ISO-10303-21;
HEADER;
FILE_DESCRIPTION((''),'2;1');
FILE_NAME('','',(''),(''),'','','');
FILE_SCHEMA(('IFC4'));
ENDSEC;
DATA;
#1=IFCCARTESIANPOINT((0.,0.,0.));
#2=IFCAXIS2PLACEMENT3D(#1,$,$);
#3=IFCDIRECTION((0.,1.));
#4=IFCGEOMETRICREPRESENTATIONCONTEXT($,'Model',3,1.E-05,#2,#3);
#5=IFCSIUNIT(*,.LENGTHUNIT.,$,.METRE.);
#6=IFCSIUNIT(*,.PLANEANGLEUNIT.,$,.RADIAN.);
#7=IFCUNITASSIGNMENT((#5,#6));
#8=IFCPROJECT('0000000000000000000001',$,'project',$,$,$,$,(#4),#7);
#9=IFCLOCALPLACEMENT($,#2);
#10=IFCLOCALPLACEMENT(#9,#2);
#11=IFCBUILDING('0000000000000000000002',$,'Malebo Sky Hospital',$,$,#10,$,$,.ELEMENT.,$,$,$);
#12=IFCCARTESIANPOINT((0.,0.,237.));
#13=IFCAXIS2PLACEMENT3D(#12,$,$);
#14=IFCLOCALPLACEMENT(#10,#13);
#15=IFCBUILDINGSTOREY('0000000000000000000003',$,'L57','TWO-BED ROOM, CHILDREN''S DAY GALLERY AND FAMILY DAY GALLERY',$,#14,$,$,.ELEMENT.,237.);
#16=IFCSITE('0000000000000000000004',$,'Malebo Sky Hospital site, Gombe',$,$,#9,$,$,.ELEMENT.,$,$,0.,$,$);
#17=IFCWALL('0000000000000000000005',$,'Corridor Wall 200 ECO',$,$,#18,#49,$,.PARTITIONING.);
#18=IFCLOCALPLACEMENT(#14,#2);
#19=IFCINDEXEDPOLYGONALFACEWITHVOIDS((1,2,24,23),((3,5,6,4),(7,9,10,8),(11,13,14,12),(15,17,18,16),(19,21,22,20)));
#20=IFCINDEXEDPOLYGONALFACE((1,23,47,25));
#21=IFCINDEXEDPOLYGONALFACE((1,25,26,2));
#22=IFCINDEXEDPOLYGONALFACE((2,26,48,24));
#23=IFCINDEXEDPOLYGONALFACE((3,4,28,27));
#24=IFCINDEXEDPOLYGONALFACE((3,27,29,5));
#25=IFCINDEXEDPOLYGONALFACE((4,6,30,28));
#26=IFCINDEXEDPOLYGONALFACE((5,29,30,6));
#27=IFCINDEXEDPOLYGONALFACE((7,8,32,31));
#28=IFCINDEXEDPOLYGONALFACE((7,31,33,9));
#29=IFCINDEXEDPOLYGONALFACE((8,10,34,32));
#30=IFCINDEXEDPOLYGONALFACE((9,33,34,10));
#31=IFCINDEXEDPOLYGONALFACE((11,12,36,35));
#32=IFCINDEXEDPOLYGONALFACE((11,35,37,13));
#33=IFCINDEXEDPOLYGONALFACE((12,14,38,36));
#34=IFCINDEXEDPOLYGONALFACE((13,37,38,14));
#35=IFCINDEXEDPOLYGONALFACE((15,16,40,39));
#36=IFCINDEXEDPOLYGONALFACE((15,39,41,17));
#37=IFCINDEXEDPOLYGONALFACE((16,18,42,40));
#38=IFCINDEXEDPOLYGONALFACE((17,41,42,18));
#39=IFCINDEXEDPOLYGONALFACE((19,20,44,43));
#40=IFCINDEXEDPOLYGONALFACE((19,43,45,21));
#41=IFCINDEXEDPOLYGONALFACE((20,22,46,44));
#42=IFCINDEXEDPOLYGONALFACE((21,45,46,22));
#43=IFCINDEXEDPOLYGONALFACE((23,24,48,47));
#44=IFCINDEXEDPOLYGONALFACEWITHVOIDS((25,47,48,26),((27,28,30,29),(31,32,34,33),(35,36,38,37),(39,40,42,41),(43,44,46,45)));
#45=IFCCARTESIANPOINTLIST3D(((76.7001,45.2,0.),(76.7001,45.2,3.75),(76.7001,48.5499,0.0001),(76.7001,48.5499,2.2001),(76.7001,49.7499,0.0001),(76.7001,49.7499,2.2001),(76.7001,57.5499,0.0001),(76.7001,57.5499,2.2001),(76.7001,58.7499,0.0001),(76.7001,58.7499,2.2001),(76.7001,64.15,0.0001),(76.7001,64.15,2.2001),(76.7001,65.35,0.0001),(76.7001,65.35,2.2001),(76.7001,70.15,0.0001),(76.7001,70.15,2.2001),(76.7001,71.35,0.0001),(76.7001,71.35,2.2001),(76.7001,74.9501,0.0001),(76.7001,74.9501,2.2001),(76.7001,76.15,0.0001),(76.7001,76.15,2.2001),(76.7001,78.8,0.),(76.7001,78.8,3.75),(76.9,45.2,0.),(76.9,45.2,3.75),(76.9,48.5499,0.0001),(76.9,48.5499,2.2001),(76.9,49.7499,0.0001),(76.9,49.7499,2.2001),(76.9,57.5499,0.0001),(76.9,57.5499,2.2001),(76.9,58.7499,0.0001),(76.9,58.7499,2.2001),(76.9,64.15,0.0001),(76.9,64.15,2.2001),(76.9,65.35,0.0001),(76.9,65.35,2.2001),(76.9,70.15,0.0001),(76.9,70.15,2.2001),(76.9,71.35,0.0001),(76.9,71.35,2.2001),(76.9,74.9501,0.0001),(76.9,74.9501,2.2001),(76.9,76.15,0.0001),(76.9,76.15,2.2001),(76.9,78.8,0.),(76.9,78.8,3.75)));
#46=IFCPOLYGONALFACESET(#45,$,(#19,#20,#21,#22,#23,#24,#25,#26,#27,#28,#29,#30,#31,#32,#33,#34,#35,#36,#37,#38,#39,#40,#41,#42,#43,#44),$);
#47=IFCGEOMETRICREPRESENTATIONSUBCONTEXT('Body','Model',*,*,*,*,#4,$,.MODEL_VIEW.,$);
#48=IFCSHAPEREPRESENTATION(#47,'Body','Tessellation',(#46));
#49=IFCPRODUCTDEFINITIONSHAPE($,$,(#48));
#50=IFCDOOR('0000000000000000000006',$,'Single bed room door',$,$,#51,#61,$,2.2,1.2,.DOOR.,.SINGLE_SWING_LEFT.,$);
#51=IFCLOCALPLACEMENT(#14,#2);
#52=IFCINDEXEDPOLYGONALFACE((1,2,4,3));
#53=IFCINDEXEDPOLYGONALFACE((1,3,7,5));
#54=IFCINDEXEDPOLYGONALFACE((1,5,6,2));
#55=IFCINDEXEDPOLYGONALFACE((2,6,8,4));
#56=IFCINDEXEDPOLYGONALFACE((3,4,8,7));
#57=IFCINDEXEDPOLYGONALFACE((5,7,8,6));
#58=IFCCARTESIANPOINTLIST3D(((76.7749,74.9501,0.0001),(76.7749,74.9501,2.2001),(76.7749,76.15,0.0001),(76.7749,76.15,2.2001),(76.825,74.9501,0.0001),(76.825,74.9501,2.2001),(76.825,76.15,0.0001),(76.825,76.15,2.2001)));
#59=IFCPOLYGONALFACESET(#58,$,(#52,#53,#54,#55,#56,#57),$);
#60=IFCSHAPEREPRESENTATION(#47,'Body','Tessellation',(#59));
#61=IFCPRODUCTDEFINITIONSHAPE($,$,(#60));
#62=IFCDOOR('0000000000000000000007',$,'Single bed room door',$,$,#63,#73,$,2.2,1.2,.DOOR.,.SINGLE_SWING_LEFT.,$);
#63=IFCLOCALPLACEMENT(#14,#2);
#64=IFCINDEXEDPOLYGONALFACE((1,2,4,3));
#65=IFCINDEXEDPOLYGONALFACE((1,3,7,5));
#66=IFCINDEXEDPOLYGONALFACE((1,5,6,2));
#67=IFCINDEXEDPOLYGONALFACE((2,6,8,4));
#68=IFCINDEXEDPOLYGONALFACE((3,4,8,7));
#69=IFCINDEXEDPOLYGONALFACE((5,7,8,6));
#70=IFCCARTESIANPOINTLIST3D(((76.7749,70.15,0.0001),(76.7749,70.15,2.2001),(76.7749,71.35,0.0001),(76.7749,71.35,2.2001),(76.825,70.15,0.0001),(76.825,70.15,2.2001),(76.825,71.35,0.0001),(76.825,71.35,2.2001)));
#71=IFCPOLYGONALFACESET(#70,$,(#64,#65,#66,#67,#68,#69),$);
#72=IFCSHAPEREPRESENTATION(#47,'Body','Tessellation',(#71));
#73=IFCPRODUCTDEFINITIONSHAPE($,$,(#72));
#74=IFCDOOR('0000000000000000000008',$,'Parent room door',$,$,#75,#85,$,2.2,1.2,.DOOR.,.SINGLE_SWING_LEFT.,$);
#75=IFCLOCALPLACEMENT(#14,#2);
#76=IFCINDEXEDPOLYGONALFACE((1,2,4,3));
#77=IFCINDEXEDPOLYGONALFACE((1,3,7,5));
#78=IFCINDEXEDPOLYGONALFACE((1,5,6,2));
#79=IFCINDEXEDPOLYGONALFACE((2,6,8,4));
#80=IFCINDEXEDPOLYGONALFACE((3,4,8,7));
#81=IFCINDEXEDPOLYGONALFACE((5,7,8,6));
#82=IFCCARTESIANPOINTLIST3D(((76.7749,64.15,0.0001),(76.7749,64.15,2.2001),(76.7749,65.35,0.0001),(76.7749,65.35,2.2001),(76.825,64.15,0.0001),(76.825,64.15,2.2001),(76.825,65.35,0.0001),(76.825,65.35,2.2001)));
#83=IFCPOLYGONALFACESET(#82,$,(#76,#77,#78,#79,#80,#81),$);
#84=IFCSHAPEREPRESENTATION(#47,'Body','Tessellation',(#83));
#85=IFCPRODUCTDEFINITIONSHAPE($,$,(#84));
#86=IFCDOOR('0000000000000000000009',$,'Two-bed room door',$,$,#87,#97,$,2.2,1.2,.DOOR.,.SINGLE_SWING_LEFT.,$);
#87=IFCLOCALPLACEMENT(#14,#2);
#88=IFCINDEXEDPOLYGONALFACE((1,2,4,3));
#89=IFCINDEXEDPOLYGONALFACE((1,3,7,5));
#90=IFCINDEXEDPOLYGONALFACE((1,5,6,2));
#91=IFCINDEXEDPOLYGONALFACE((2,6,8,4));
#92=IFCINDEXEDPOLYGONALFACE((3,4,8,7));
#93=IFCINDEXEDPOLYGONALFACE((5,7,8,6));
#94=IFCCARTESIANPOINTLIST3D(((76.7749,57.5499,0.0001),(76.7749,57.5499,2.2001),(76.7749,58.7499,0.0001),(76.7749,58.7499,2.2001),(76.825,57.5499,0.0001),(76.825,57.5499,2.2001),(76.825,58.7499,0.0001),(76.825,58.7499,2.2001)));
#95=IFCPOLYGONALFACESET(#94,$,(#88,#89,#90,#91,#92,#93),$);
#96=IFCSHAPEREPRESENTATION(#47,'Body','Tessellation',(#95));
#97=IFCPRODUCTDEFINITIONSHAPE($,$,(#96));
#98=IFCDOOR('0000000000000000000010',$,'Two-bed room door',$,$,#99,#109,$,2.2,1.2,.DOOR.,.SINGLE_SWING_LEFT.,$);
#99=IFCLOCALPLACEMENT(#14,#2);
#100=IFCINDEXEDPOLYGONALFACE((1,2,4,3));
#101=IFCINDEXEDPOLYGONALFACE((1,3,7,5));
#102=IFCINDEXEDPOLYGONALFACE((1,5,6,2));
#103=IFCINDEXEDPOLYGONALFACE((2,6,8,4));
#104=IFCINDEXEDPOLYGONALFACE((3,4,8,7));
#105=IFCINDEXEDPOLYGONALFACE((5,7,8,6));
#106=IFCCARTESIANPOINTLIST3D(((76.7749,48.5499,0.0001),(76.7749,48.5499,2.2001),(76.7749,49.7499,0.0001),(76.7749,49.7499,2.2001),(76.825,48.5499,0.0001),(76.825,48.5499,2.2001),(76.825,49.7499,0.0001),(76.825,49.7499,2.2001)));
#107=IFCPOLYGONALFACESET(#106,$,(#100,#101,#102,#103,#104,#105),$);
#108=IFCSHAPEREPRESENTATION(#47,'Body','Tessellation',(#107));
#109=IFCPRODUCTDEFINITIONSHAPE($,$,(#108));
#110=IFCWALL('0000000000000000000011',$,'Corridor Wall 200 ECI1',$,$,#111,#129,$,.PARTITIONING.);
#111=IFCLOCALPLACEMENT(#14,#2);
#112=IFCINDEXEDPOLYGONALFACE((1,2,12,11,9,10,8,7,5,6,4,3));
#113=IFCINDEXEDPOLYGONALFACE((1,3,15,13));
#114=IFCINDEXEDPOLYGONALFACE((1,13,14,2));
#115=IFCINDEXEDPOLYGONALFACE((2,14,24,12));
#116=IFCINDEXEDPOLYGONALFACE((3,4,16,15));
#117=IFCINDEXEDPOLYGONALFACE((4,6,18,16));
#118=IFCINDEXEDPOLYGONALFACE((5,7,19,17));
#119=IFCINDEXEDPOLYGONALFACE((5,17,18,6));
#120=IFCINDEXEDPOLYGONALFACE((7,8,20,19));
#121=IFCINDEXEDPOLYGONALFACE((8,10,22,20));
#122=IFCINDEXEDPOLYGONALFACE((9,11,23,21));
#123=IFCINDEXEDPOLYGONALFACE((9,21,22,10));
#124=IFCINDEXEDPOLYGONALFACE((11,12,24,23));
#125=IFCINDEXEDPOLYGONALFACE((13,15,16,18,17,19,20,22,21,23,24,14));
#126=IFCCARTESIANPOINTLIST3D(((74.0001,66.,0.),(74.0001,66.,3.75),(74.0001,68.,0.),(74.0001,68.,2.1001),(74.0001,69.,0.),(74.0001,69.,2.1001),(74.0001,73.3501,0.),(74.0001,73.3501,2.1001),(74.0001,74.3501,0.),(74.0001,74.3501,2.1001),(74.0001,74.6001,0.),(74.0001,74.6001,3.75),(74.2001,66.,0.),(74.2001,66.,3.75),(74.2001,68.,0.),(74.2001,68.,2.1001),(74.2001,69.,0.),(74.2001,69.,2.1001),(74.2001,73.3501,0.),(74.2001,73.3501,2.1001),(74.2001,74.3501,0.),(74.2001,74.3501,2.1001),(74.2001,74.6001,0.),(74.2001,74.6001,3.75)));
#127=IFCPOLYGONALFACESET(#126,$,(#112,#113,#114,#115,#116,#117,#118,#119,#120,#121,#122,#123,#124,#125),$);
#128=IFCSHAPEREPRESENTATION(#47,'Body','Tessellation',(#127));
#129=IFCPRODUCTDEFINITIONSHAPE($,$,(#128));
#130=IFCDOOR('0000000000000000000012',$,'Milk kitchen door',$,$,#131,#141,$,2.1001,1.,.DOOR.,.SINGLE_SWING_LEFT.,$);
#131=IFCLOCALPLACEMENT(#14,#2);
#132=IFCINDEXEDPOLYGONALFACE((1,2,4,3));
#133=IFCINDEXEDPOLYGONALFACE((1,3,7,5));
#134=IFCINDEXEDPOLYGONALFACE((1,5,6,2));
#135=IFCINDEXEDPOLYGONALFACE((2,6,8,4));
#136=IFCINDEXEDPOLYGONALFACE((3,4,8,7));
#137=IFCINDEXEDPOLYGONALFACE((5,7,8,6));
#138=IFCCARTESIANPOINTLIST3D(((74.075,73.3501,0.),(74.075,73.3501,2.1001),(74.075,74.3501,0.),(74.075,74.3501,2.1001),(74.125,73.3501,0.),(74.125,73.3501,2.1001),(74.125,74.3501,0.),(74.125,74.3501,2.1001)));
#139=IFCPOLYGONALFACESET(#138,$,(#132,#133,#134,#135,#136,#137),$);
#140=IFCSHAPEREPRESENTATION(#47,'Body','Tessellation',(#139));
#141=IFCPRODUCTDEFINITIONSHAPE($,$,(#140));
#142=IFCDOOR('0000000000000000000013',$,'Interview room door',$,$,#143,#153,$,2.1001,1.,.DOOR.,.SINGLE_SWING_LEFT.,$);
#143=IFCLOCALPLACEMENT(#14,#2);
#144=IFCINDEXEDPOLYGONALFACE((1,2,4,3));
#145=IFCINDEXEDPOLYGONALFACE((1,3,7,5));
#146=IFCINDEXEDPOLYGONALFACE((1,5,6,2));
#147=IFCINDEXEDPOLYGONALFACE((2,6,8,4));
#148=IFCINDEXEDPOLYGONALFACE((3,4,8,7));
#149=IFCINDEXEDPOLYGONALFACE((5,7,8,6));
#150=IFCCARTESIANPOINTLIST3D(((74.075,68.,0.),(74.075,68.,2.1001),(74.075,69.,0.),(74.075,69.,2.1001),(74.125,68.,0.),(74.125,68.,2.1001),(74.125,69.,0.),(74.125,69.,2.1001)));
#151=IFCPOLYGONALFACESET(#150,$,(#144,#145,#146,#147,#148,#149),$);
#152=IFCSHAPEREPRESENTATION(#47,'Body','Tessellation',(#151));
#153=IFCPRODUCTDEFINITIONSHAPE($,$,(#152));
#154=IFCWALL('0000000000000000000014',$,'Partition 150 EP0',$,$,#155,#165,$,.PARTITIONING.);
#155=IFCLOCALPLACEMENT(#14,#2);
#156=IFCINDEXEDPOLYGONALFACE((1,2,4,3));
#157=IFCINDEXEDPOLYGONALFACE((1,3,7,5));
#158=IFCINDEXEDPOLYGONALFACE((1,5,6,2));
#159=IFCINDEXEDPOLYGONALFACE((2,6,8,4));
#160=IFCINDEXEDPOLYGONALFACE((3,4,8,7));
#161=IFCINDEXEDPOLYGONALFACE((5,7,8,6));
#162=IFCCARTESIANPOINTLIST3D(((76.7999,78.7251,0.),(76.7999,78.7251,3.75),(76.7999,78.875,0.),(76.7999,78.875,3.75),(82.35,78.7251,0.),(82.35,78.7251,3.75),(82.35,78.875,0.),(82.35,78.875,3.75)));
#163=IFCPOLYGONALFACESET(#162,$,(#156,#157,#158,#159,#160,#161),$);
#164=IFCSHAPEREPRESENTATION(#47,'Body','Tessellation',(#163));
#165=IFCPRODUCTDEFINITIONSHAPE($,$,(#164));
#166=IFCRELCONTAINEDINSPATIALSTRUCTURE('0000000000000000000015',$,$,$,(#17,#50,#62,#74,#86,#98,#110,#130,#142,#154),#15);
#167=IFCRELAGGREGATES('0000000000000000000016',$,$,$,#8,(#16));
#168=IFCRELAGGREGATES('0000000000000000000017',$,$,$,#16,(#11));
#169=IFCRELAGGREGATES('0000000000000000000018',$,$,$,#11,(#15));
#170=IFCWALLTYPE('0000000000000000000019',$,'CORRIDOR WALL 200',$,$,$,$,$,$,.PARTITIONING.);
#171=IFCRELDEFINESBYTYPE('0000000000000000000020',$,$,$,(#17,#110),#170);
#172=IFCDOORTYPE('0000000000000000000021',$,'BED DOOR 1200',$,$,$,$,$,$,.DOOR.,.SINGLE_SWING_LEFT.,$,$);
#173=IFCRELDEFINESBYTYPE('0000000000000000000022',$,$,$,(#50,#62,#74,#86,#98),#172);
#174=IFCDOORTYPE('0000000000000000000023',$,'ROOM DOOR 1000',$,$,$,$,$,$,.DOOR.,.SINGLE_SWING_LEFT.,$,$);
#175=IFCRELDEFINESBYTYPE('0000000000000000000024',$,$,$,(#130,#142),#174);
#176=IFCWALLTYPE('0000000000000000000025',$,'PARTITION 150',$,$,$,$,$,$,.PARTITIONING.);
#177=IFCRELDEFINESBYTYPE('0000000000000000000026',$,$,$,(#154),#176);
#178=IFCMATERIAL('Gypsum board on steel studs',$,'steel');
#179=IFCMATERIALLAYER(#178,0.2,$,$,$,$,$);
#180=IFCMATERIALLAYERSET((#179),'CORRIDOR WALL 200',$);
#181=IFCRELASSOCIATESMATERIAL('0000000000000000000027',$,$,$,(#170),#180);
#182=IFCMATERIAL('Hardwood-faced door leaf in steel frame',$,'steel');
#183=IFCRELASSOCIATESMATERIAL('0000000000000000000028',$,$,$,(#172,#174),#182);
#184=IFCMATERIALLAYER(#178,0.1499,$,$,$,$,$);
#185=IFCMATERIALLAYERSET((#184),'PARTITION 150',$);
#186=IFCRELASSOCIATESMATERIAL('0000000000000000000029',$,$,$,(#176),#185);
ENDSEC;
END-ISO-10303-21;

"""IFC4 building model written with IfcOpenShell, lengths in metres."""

from ifc_helpers import new_model, si_unit, direction, frame, frame_2d, origin, place, context, subcontext, project, spatial, rectangle, extrude, material, layer, layer_set, type_object, element, fill, save


model = new_model("IFC4")

# Units and contexts
model_context = context("Model", 3, precision=1e-05, world=origin(), true_north=direction((0.0, 1.0)))
body_context = subcontext(model_context, "Body", "Model", "MODEL_VIEW")
ifc_project = project(units=[si_unit("LENGTHUNIT", "METRE"), si_unit("PLANEANGLEUNIT", "RADIAN")], contexts=[model_context])

# Site, building, storey
site_placement = place(None, origin())
site = spatial("IfcSite", under=ifc_project, at=site_placement, Name="Malebo Sky Hospital site, Gombe", CompositionType="ELEMENT", RefElevation=0.0)
building_placement = place(site_placement, origin())
building = spatial("IfcBuilding", under=site, at=building_placement, Name="Malebo Sky Hospital", CompositionType="ELEMENT")
storey_placement = place(building_placement, frame((0.0, 0.0, 237.0)))
storey = spatial("IfcBuildingStorey", under=building, at=storey_placement, Name="L57", Description="TWO-BED ROOM, CHILDREN'S DAY GALLERY AND FAMILY DAY GALLERY", CompositionType="ELEMENT", Elevation=237.0)

# Walls, openings, doors
ifc_material_1 = material(Name="Gypsum board on steel studs", Category="steel")
ifc_layer_1 = layer(ifc_material_1, 0.2)
ifc_layer_set_1 = layer_set([ifc_layer_1], Name="CORRIDOR WALL 200")
wall_type_1 = type_object("IfcWallType", Name="CORRIDOR WALL 200", PredefinedType="PARTITIONING", material=ifc_layer_set_1)
wall_1_placement = place(storey_placement, frame((76.8, 78.8, 0.0), z_axis=(0.0, 0.0, 1.0), x_axis=(0.0, -1.0, 0.0)))
wall_1 = element("IfcWall", 1, at=wall_1_placement, inside=storey, type_object=wall_type_1, Name="Corridor Wall 200 ECO", PredefinedType="PARTITIONING", context=body_context, shape_type="SweptSolid", body=[
    extrude(rectangle(XDim=33.6001, YDim=0.2, at=frame_2d((16.8, 0.0))), origin(), (0.0, 0.0, 1.0), 3.75),
])
opening_1_placement = place(wall_1_placement, frame((2.6499, 0.0, 0.0)))
opening_1 = element("IfcOpeningElement", 2, at=opening_1_placement, cuts=wall_1, PredefinedType="OPENING", context=body_context, shape_type="SweptSolid", body=[
    extrude(rectangle(XDim=1.2, YDim=2.2, at=frame_2d((0.6001, 1.1001))), frame((0.0, 0.1099, 0.0), z_axis=(0.0, -1.0, 0.0), x_axis=(1.0, 0.0, 0.0)), (0.0, 0.0, 1.0), 0.22),
])
opening_2_placement = place(wall_1_placement, frame((7.45, 0.0, 0.0)))
opening_2 = element("IfcOpeningElement", 3, at=opening_2_placement, cuts=wall_1, PredefinedType="OPENING", context=body_context, shape_type="SweptSolid", body=[
    extrude(rectangle(XDim=1.2, YDim=2.2, at=frame_2d((0.6001, 1.1001))), frame((0.0, 0.1099, 0.0), z_axis=(0.0, -1.0, 0.0), x_axis=(1.0, 0.0, 0.0)), (0.0, 0.0, 1.0), 0.22),
])
opening_3_placement = place(wall_1_placement, frame((13.45, 0.0, 0.0)))
opening_3 = element("IfcOpeningElement", 4, at=opening_3_placement, cuts=wall_1, PredefinedType="OPENING", context=body_context, shape_type="SweptSolid", body=[
    extrude(rectangle(XDim=1.2, YDim=2.2, at=frame_2d((0.6001, 1.1001))), frame((0.0, 0.1099, 0.0), z_axis=(0.0, -1.0, 0.0), x_axis=(1.0, 0.0, 0.0)), (0.0, 0.0, 1.0), 0.22),
])
opening_4_placement = place(wall_1_placement, frame((20.05, 0.0, 0.0)))
opening_4 = element("IfcOpeningElement", 5, at=opening_4_placement, cuts=wall_1, PredefinedType="OPENING", context=body_context, shape_type="SweptSolid", body=[
    extrude(rectangle(XDim=1.2, YDim=2.2, at=frame_2d((0.6001, 1.1001))), frame((0.0, 0.1099, 0.0), z_axis=(0.0, -1.0, 0.0), x_axis=(1.0, 0.0, 0.0)), (0.0, 0.0, 1.0), 0.22),
])
opening_5_placement = place(wall_1_placement, frame((29.05, 0.0, 0.0)))
opening_5 = element("IfcOpeningElement", 6, at=opening_5_placement, cuts=wall_1, PredefinedType="OPENING", context=body_context, shape_type="SweptSolid", body=[
    extrude(rectangle(XDim=1.2, YDim=2.2, at=frame_2d((0.6001, 1.1001))), frame((0.0, 0.1099, 0.0), z_axis=(0.0, -1.0, 0.0), x_axis=(1.0, 0.0, 0.0)), (0.0, 0.0, 1.0), 0.22),
])
ifc_material_2 = material(Name="Hardwood-faced door leaf in steel frame", Category="steel")
door_type_1 = type_object("IfcDoorType", Name="BED DOOR 1200", OperationType="SINGLE_SWING_LEFT", PredefinedType="DOOR", material=ifc_material_2)
door_1_placement = place(opening_1_placement, origin())
door_1 = element("IfcDoor", 7, at=door_1_placement, inside=storey, type_object=door_type_1, Name="Single bed room door", OperationType="SINGLE_SWING_LEFT", OverallHeight=2.2, OverallWidth=1.2, PredefinedType="DOOR", context=body_context, shape_type="SweptSolid", body=[
    extrude(rectangle(XDim=1.2, YDim=2.2, at=frame_2d((0.6001, 1.1001))), frame((0.0, 0.0249, 0.0), z_axis=(0.0, -1.0, 0.0), x_axis=(1.0, 0.0, 0.0)), (0.0, 0.0, 1.0), 0.05),
])
fill(opening_1, door_1)
door_2_placement = place(opening_2_placement, origin())
door_2 = element("IfcDoor", 8, at=door_2_placement, inside=storey, type_object=door_type_1, Name="Single bed room door", OperationType="SINGLE_SWING_LEFT", OverallHeight=2.2, OverallWidth=1.2, PredefinedType="DOOR", context=body_context, shape_type="SweptSolid", body=[
    extrude(rectangle(XDim=1.2, YDim=2.2, at=frame_2d((0.6001, 1.1001))), frame((0.0, 0.0249, 0.0), z_axis=(0.0, -1.0, 0.0), x_axis=(1.0, 0.0, 0.0)), (0.0, 0.0, 1.0), 0.05),
])
fill(opening_2, door_2)
door_3_placement = place(opening_3_placement, origin())
door_3 = element("IfcDoor", 9, at=door_3_placement, inside=storey, type_object=door_type_1, Name="Parent room door", OperationType="SINGLE_SWING_LEFT", OverallHeight=2.2, OverallWidth=1.2, PredefinedType="DOOR", context=body_context, shape_type="SweptSolid", body=[
    extrude(rectangle(XDim=1.2, YDim=2.2, at=frame_2d((0.6001, 1.1001))), frame((0.0, 0.0249, 0.0), z_axis=(0.0, -1.0, 0.0), x_axis=(1.0, 0.0, 0.0)), (0.0, 0.0, 1.0), 0.05),
])
fill(opening_3, door_3)
door_4_placement = place(opening_4_placement, origin())
door_4 = element("IfcDoor", 10, at=door_4_placement, inside=storey, type_object=door_type_1, Name="Two-bed room door", OperationType="SINGLE_SWING_LEFT", OverallHeight=2.2, OverallWidth=1.2, PredefinedType="DOOR", context=body_context, shape_type="SweptSolid", body=[
    extrude(rectangle(XDim=1.2, YDim=2.2, at=frame_2d((0.6001, 1.1001))), frame((0.0, 0.0249, 0.0), z_axis=(0.0, -1.0, 0.0), x_axis=(1.0, 0.0, 0.0)), (0.0, 0.0, 1.0), 0.05),
])
fill(opening_4, door_4)
door_5_placement = place(opening_5_placement, origin())
door_5 = element("IfcDoor", 11, at=door_5_placement, inside=storey, type_object=door_type_1, Name="Two-bed room door", OperationType="SINGLE_SWING_LEFT", OverallHeight=2.2, OverallWidth=1.2, PredefinedType="DOOR", context=body_context, shape_type="SweptSolid", body=[
    extrude(rectangle(XDim=1.2, YDim=2.2, at=frame_2d((0.6001, 1.1001))), frame((0.0, 0.0249, 0.0), z_axis=(0.0, -1.0, 0.0), x_axis=(1.0, 0.0, 0.0)), (0.0, 0.0, 1.0), 0.05),
])
fill(opening_5, door_5)
wall_2_placement = place(storey_placement, frame((74.1001, 74.6001, 0.0), z_axis=(0.0, 0.0, 1.0), x_axis=(0.0, -1.0, 0.0)))
wall_2 = element("IfcWall", 12, at=wall_2_placement, inside=storey, type_object=wall_type_1, Name="Corridor Wall 200 ECI1", PredefinedType="PARTITIONING", context=body_context, shape_type="SweptSolid", body=[
    extrude(rectangle(XDim=8.6001, YDim=0.2, at=frame_2d((4.3, 0.0))), origin(), (0.0, 0.0, 1.0), 3.75),
])
opening_6_placement = place(wall_2_placement, frame((0.25, 0.0, 0.0)))
opening_6 = element("IfcOpeningElement", 13, at=opening_6_placement, cuts=wall_2, PredefinedType="OPENING", context=body_context, shape_type="SweptSolid", body=[
    extrude(rectangle(XDim=1.0, YDim=2.1001, at=frame_2d((0.5, 1.05))), frame((0.0, 0.1099, 0.0), z_axis=(0.0, -1.0, 0.0), x_axis=(1.0, 0.0, 0.0)), (0.0, 0.0, 1.0), 0.22),
])
opening_7_placement = place(wall_2_placement, frame((5.6001, 0.0, 0.0)))
opening_7 = element("IfcOpeningElement", 14, at=opening_7_placement, cuts=wall_2, PredefinedType="OPENING", context=body_context, shape_type="SweptSolid", body=[
    extrude(rectangle(XDim=1.0, YDim=2.1001, at=frame_2d((0.5, 1.05))), frame((0.0, 0.1099, 0.0), z_axis=(0.0, -1.0, 0.0), x_axis=(1.0, 0.0, 0.0)), (0.0, 0.0, 1.0), 0.22),
])
door_type_2 = type_object("IfcDoorType", Name="ROOM DOOR 1000", OperationType="SINGLE_SWING_LEFT", PredefinedType="DOOR", material=ifc_material_2)
door_6_placement = place(opening_6_placement, origin())
door_6 = element("IfcDoor", 15, at=door_6_placement, inside=storey, type_object=door_type_2, Name="Milk kitchen door", OperationType="SINGLE_SWING_LEFT", OverallHeight=2.1001, OverallWidth=1.0, PredefinedType="DOOR", context=body_context, shape_type="SweptSolid", body=[
    extrude(rectangle(XDim=1.0, YDim=2.1001, at=frame_2d((0.5, 1.05))), frame((0.0, 0.0249, 0.0), z_axis=(0.0, -1.0, 0.0), x_axis=(1.0, 0.0, 0.0)), (0.0, 0.0, 1.0), 0.05),
])
fill(opening_6, door_6)
door_7_placement = place(opening_7_placement, origin())
door_7 = element("IfcDoor", 16, at=door_7_placement, inside=storey, type_object=door_type_2, Name="Interview room door", OperationType="SINGLE_SWING_LEFT", OverallHeight=2.1001, OverallWidth=1.0, PredefinedType="DOOR", context=body_context, shape_type="SweptSolid", body=[
    extrude(rectangle(XDim=1.0, YDim=2.1001, at=frame_2d((0.5, 1.05))), frame((0.0, 0.0249, 0.0), z_axis=(0.0, -1.0, 0.0), x_axis=(1.0, 0.0, 0.0)), (0.0, 0.0, 1.0), 0.05),
])
fill(opening_7, door_7)

# Wall
ifc_layer_2 = layer(ifc_material_1, 0.1499)
ifc_layer_set_2 = layer_set([ifc_layer_2], Name="PARTITION 150")
wall_type_2 = type_object("IfcWallType", Name="PARTITION 150", PredefinedType="PARTITIONING", material=ifc_layer_set_2)
wall_3_placement = place(storey_placement, frame((76.8, 78.8, 0.0), z_axis=(0.0, 0.0, 1.0), x_axis=(1.0, 0.0, 0.0)))
element("IfcWall", 17, at=wall_3_placement, inside=storey, type_object=wall_type_2, Name="Partition 150 EP0", PredefinedType="PARTITIONING", context=body_context, shape_type="SweptSolid", body=[
    extrude(rectangle(XDim=5.55, YDim=0.1499, at=frame_2d((2.7749, 0.0))), origin(), (0.0, 0.0, 1.0), 3.75),
])

save(model, "model.ifc")
